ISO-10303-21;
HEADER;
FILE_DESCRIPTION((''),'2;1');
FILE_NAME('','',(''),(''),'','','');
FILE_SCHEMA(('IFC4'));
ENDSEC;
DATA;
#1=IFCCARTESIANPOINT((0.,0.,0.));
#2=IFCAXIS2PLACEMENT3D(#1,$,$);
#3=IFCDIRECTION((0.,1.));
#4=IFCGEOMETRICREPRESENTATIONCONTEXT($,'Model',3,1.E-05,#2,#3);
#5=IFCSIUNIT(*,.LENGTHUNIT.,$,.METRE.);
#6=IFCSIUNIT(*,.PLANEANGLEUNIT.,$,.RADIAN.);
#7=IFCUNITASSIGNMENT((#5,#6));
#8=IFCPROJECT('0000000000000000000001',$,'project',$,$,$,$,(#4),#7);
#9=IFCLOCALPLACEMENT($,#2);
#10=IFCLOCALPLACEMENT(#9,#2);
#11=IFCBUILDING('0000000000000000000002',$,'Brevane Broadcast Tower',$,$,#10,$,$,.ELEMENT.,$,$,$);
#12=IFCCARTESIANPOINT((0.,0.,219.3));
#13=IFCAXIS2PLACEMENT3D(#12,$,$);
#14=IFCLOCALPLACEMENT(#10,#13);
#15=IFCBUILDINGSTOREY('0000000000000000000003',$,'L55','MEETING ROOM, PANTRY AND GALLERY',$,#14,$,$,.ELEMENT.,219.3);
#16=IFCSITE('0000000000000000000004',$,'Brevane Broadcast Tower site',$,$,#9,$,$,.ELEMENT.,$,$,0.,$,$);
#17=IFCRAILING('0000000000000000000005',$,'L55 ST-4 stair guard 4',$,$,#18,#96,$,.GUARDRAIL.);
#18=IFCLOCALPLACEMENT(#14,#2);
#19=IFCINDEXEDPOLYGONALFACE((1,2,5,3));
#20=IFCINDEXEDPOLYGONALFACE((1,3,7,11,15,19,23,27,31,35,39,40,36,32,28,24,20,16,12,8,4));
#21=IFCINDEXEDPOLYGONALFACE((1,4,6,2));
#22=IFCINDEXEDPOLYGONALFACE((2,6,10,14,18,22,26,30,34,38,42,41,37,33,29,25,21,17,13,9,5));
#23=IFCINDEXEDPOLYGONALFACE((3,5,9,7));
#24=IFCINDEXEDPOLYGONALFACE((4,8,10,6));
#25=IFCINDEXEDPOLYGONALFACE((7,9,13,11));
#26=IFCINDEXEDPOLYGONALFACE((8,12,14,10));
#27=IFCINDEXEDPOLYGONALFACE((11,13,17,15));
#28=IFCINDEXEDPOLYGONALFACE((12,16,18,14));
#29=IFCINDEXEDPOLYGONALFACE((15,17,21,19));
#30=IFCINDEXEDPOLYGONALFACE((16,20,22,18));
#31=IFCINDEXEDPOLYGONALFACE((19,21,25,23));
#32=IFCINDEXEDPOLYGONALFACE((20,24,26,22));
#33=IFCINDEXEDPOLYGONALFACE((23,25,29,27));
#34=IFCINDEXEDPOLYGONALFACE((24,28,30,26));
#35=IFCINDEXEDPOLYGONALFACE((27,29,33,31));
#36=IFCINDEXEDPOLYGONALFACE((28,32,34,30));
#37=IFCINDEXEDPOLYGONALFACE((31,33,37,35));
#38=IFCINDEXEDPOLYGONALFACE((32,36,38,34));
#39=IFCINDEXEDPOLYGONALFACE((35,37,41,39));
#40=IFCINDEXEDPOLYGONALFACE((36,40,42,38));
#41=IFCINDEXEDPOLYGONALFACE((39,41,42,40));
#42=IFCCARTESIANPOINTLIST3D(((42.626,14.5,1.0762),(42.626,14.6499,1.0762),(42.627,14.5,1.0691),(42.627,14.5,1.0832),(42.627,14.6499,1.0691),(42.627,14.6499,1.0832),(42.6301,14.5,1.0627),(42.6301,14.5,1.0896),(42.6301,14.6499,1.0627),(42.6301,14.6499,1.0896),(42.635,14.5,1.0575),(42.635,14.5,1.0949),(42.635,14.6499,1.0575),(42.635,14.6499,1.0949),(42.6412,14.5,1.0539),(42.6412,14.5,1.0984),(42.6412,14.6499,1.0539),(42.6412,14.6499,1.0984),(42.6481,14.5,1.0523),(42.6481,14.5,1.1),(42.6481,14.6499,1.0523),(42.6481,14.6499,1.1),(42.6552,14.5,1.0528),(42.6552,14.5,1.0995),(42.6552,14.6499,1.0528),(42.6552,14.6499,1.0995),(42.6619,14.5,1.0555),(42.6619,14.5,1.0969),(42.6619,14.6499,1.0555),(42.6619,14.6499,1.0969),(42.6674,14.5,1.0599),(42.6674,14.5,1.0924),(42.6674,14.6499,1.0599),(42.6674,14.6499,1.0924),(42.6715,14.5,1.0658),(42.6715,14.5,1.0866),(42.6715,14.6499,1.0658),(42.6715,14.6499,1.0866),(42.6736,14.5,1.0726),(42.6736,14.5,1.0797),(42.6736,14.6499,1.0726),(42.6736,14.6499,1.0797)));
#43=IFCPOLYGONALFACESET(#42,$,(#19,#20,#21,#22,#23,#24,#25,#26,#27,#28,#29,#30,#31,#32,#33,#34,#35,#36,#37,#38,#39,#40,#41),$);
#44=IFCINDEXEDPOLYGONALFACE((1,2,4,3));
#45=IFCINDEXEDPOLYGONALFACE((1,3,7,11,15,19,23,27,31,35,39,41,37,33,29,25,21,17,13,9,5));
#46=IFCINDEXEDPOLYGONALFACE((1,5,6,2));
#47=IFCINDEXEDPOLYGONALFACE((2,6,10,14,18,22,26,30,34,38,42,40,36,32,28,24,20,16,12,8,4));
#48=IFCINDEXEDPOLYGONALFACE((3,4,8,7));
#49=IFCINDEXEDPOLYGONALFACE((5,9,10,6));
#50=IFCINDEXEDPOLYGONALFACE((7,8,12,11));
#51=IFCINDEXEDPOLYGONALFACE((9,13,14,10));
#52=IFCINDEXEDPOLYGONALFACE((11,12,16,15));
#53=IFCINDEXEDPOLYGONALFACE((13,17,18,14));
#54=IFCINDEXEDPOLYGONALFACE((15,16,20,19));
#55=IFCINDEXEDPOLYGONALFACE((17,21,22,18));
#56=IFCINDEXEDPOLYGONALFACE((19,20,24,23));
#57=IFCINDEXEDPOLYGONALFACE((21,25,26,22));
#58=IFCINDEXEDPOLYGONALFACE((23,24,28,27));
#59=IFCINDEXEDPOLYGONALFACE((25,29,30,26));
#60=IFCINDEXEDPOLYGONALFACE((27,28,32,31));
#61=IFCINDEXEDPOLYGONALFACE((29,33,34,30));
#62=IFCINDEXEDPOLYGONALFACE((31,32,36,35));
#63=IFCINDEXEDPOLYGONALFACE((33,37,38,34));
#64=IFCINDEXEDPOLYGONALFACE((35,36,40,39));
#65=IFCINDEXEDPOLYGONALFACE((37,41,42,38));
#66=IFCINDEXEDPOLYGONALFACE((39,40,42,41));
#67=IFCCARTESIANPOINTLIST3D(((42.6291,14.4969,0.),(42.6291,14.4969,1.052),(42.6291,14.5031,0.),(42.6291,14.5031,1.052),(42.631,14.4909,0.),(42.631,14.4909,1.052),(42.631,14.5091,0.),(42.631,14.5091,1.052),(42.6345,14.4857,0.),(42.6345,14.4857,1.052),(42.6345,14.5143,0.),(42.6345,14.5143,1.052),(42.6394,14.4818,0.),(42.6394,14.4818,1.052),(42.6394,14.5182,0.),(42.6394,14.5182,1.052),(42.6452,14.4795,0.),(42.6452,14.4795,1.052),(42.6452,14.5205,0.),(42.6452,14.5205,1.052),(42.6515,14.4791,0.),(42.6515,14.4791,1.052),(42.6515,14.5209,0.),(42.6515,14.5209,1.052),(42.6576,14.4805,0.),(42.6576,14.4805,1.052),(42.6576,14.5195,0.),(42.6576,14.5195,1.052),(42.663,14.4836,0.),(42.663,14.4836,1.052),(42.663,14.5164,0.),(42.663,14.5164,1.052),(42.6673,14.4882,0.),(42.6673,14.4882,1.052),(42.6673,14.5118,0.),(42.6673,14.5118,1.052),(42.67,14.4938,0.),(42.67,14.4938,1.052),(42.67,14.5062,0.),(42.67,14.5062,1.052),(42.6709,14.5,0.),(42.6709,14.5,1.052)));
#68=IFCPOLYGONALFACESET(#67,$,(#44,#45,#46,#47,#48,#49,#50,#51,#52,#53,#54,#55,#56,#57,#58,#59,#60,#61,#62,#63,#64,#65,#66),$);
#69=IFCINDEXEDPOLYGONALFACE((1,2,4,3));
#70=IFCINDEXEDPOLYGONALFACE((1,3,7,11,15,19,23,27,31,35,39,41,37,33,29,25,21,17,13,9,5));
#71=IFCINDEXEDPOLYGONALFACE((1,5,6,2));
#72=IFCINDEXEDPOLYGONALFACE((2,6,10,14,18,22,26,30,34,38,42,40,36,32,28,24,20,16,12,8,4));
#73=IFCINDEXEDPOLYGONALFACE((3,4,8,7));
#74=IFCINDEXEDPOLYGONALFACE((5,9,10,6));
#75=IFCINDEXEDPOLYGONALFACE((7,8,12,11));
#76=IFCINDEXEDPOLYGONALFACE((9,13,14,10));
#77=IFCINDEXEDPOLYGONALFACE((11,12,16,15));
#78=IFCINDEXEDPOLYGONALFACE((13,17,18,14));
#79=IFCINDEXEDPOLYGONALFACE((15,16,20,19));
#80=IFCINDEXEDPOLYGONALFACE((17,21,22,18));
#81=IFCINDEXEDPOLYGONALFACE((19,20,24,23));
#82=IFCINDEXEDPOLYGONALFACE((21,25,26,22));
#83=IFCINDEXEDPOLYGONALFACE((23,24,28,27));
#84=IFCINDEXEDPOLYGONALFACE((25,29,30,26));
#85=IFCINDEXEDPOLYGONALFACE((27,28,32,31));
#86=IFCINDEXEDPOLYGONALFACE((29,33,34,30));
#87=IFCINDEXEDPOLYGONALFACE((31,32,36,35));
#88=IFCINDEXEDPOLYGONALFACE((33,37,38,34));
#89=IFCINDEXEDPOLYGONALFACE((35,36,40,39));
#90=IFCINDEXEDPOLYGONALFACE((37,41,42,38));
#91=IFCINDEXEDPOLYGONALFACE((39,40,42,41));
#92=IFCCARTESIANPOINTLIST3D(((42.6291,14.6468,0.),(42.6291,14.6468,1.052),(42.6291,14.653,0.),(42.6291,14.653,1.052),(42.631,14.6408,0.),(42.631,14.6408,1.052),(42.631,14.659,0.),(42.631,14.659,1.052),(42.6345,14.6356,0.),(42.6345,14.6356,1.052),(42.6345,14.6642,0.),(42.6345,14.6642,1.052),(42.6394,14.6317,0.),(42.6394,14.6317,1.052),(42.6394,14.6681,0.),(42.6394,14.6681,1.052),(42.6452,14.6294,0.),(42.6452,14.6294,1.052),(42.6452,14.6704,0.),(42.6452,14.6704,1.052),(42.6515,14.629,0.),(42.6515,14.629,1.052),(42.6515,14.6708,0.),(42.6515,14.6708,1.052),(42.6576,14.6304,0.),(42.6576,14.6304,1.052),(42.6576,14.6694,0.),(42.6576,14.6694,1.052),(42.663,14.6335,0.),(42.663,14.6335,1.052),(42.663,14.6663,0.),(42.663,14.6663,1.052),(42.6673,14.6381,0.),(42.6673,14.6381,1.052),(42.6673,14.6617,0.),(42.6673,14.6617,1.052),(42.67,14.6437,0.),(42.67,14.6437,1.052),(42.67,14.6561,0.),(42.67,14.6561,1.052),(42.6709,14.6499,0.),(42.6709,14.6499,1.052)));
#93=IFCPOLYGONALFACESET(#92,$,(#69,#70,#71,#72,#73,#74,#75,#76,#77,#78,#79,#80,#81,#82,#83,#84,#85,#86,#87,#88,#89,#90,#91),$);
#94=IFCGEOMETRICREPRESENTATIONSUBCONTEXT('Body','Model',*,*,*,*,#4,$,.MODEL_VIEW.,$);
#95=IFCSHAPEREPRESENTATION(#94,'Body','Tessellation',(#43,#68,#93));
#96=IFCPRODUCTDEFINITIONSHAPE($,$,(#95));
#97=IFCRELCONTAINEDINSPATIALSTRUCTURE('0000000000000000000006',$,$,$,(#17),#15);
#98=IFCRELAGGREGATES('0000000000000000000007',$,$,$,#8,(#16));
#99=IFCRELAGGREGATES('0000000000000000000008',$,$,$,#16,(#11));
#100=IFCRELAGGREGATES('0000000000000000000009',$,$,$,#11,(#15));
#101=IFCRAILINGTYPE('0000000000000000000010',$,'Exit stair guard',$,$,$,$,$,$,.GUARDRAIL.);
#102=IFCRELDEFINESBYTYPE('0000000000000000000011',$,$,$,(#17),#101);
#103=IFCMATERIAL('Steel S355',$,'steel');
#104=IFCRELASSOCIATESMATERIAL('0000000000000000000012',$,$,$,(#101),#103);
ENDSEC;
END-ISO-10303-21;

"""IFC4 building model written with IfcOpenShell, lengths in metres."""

from ifc_helpers import new_model, si_unit, direction, frame, origin, origin_2d, place, context, subcontext, project, spatial, circle, extrude, material, type_object, element, save


model = new_model("IFC4")

# Units and contexts
model_context = context("Model", 3, precision=1e-05, world=origin(), true_north=direction((0.0, 1.0)))
body_context = subcontext(model_context, "Body", "Model", "MODEL_VIEW")
ifc_project = project(units=[si_unit("LENGTHUNIT", "METRE"), si_unit("PLANEANGLEUNIT", "RADIAN")], contexts=[model_context])

# Site, building, storey
site_placement = place(None, origin())
site = spatial("IfcSite", under=ifc_project, at=site_placement, Name="Brevane Broadcast Tower site", CompositionType="ELEMENT", RefElevation=0.0)
building_placement = place(site_placement, origin())
building = spatial("IfcBuilding", under=site, at=building_placement, Name="Brevane Broadcast Tower", CompositionType="ELEMENT")
storey_placement = place(building_placement, frame((0.0, 0.0, 219.3)))
storey = spatial("IfcBuildingStorey", under=building, at=storey_placement, Name="L55", Description="MEETING ROOM, PANTRY AND GALLERY", CompositionType="ELEMENT", Elevation=219.3)

# Railing
ifc_material_1 = material(Name="Steel S355", Category="steel")
railing_type_1 = type_object("IfcRailingType", Name="Exit stair guard", PredefinedType="GUARDRAIL", material=ifc_material_1)
railing_1_placement = place(storey_placement, frame((42.6499, 14.5, 0.0)))
element("IfcRailing", 1, at=railing_1_placement, inside=storey, type_object=railing_type_1, Name="L55 ST-4 stair guard 4", PredefinedType="GUARDRAIL", context=body_context, shape_type="SweptSolid", body=[
    extrude(circle(Radius=0.0239, at=origin_2d()), frame((0.0, 0.0, 1.0762), z_axis=(0.0, 1.0, 0.0), x_axis=(-1.0, 0.0, 0.0)), (0.0, 0.0, 1.0), 0.1499),
    extrude(circle(Radius=0.021, at=origin_2d()), origin(), (0.0, 0.0, 1.0), 1.052),
    extrude(circle(Radius=0.021, at=origin_2d()), frame((0.0, 0.1499, 0.0)), (0.0, 0.0, 1.0), 1.052),
])

save(model, "model.ifc")
